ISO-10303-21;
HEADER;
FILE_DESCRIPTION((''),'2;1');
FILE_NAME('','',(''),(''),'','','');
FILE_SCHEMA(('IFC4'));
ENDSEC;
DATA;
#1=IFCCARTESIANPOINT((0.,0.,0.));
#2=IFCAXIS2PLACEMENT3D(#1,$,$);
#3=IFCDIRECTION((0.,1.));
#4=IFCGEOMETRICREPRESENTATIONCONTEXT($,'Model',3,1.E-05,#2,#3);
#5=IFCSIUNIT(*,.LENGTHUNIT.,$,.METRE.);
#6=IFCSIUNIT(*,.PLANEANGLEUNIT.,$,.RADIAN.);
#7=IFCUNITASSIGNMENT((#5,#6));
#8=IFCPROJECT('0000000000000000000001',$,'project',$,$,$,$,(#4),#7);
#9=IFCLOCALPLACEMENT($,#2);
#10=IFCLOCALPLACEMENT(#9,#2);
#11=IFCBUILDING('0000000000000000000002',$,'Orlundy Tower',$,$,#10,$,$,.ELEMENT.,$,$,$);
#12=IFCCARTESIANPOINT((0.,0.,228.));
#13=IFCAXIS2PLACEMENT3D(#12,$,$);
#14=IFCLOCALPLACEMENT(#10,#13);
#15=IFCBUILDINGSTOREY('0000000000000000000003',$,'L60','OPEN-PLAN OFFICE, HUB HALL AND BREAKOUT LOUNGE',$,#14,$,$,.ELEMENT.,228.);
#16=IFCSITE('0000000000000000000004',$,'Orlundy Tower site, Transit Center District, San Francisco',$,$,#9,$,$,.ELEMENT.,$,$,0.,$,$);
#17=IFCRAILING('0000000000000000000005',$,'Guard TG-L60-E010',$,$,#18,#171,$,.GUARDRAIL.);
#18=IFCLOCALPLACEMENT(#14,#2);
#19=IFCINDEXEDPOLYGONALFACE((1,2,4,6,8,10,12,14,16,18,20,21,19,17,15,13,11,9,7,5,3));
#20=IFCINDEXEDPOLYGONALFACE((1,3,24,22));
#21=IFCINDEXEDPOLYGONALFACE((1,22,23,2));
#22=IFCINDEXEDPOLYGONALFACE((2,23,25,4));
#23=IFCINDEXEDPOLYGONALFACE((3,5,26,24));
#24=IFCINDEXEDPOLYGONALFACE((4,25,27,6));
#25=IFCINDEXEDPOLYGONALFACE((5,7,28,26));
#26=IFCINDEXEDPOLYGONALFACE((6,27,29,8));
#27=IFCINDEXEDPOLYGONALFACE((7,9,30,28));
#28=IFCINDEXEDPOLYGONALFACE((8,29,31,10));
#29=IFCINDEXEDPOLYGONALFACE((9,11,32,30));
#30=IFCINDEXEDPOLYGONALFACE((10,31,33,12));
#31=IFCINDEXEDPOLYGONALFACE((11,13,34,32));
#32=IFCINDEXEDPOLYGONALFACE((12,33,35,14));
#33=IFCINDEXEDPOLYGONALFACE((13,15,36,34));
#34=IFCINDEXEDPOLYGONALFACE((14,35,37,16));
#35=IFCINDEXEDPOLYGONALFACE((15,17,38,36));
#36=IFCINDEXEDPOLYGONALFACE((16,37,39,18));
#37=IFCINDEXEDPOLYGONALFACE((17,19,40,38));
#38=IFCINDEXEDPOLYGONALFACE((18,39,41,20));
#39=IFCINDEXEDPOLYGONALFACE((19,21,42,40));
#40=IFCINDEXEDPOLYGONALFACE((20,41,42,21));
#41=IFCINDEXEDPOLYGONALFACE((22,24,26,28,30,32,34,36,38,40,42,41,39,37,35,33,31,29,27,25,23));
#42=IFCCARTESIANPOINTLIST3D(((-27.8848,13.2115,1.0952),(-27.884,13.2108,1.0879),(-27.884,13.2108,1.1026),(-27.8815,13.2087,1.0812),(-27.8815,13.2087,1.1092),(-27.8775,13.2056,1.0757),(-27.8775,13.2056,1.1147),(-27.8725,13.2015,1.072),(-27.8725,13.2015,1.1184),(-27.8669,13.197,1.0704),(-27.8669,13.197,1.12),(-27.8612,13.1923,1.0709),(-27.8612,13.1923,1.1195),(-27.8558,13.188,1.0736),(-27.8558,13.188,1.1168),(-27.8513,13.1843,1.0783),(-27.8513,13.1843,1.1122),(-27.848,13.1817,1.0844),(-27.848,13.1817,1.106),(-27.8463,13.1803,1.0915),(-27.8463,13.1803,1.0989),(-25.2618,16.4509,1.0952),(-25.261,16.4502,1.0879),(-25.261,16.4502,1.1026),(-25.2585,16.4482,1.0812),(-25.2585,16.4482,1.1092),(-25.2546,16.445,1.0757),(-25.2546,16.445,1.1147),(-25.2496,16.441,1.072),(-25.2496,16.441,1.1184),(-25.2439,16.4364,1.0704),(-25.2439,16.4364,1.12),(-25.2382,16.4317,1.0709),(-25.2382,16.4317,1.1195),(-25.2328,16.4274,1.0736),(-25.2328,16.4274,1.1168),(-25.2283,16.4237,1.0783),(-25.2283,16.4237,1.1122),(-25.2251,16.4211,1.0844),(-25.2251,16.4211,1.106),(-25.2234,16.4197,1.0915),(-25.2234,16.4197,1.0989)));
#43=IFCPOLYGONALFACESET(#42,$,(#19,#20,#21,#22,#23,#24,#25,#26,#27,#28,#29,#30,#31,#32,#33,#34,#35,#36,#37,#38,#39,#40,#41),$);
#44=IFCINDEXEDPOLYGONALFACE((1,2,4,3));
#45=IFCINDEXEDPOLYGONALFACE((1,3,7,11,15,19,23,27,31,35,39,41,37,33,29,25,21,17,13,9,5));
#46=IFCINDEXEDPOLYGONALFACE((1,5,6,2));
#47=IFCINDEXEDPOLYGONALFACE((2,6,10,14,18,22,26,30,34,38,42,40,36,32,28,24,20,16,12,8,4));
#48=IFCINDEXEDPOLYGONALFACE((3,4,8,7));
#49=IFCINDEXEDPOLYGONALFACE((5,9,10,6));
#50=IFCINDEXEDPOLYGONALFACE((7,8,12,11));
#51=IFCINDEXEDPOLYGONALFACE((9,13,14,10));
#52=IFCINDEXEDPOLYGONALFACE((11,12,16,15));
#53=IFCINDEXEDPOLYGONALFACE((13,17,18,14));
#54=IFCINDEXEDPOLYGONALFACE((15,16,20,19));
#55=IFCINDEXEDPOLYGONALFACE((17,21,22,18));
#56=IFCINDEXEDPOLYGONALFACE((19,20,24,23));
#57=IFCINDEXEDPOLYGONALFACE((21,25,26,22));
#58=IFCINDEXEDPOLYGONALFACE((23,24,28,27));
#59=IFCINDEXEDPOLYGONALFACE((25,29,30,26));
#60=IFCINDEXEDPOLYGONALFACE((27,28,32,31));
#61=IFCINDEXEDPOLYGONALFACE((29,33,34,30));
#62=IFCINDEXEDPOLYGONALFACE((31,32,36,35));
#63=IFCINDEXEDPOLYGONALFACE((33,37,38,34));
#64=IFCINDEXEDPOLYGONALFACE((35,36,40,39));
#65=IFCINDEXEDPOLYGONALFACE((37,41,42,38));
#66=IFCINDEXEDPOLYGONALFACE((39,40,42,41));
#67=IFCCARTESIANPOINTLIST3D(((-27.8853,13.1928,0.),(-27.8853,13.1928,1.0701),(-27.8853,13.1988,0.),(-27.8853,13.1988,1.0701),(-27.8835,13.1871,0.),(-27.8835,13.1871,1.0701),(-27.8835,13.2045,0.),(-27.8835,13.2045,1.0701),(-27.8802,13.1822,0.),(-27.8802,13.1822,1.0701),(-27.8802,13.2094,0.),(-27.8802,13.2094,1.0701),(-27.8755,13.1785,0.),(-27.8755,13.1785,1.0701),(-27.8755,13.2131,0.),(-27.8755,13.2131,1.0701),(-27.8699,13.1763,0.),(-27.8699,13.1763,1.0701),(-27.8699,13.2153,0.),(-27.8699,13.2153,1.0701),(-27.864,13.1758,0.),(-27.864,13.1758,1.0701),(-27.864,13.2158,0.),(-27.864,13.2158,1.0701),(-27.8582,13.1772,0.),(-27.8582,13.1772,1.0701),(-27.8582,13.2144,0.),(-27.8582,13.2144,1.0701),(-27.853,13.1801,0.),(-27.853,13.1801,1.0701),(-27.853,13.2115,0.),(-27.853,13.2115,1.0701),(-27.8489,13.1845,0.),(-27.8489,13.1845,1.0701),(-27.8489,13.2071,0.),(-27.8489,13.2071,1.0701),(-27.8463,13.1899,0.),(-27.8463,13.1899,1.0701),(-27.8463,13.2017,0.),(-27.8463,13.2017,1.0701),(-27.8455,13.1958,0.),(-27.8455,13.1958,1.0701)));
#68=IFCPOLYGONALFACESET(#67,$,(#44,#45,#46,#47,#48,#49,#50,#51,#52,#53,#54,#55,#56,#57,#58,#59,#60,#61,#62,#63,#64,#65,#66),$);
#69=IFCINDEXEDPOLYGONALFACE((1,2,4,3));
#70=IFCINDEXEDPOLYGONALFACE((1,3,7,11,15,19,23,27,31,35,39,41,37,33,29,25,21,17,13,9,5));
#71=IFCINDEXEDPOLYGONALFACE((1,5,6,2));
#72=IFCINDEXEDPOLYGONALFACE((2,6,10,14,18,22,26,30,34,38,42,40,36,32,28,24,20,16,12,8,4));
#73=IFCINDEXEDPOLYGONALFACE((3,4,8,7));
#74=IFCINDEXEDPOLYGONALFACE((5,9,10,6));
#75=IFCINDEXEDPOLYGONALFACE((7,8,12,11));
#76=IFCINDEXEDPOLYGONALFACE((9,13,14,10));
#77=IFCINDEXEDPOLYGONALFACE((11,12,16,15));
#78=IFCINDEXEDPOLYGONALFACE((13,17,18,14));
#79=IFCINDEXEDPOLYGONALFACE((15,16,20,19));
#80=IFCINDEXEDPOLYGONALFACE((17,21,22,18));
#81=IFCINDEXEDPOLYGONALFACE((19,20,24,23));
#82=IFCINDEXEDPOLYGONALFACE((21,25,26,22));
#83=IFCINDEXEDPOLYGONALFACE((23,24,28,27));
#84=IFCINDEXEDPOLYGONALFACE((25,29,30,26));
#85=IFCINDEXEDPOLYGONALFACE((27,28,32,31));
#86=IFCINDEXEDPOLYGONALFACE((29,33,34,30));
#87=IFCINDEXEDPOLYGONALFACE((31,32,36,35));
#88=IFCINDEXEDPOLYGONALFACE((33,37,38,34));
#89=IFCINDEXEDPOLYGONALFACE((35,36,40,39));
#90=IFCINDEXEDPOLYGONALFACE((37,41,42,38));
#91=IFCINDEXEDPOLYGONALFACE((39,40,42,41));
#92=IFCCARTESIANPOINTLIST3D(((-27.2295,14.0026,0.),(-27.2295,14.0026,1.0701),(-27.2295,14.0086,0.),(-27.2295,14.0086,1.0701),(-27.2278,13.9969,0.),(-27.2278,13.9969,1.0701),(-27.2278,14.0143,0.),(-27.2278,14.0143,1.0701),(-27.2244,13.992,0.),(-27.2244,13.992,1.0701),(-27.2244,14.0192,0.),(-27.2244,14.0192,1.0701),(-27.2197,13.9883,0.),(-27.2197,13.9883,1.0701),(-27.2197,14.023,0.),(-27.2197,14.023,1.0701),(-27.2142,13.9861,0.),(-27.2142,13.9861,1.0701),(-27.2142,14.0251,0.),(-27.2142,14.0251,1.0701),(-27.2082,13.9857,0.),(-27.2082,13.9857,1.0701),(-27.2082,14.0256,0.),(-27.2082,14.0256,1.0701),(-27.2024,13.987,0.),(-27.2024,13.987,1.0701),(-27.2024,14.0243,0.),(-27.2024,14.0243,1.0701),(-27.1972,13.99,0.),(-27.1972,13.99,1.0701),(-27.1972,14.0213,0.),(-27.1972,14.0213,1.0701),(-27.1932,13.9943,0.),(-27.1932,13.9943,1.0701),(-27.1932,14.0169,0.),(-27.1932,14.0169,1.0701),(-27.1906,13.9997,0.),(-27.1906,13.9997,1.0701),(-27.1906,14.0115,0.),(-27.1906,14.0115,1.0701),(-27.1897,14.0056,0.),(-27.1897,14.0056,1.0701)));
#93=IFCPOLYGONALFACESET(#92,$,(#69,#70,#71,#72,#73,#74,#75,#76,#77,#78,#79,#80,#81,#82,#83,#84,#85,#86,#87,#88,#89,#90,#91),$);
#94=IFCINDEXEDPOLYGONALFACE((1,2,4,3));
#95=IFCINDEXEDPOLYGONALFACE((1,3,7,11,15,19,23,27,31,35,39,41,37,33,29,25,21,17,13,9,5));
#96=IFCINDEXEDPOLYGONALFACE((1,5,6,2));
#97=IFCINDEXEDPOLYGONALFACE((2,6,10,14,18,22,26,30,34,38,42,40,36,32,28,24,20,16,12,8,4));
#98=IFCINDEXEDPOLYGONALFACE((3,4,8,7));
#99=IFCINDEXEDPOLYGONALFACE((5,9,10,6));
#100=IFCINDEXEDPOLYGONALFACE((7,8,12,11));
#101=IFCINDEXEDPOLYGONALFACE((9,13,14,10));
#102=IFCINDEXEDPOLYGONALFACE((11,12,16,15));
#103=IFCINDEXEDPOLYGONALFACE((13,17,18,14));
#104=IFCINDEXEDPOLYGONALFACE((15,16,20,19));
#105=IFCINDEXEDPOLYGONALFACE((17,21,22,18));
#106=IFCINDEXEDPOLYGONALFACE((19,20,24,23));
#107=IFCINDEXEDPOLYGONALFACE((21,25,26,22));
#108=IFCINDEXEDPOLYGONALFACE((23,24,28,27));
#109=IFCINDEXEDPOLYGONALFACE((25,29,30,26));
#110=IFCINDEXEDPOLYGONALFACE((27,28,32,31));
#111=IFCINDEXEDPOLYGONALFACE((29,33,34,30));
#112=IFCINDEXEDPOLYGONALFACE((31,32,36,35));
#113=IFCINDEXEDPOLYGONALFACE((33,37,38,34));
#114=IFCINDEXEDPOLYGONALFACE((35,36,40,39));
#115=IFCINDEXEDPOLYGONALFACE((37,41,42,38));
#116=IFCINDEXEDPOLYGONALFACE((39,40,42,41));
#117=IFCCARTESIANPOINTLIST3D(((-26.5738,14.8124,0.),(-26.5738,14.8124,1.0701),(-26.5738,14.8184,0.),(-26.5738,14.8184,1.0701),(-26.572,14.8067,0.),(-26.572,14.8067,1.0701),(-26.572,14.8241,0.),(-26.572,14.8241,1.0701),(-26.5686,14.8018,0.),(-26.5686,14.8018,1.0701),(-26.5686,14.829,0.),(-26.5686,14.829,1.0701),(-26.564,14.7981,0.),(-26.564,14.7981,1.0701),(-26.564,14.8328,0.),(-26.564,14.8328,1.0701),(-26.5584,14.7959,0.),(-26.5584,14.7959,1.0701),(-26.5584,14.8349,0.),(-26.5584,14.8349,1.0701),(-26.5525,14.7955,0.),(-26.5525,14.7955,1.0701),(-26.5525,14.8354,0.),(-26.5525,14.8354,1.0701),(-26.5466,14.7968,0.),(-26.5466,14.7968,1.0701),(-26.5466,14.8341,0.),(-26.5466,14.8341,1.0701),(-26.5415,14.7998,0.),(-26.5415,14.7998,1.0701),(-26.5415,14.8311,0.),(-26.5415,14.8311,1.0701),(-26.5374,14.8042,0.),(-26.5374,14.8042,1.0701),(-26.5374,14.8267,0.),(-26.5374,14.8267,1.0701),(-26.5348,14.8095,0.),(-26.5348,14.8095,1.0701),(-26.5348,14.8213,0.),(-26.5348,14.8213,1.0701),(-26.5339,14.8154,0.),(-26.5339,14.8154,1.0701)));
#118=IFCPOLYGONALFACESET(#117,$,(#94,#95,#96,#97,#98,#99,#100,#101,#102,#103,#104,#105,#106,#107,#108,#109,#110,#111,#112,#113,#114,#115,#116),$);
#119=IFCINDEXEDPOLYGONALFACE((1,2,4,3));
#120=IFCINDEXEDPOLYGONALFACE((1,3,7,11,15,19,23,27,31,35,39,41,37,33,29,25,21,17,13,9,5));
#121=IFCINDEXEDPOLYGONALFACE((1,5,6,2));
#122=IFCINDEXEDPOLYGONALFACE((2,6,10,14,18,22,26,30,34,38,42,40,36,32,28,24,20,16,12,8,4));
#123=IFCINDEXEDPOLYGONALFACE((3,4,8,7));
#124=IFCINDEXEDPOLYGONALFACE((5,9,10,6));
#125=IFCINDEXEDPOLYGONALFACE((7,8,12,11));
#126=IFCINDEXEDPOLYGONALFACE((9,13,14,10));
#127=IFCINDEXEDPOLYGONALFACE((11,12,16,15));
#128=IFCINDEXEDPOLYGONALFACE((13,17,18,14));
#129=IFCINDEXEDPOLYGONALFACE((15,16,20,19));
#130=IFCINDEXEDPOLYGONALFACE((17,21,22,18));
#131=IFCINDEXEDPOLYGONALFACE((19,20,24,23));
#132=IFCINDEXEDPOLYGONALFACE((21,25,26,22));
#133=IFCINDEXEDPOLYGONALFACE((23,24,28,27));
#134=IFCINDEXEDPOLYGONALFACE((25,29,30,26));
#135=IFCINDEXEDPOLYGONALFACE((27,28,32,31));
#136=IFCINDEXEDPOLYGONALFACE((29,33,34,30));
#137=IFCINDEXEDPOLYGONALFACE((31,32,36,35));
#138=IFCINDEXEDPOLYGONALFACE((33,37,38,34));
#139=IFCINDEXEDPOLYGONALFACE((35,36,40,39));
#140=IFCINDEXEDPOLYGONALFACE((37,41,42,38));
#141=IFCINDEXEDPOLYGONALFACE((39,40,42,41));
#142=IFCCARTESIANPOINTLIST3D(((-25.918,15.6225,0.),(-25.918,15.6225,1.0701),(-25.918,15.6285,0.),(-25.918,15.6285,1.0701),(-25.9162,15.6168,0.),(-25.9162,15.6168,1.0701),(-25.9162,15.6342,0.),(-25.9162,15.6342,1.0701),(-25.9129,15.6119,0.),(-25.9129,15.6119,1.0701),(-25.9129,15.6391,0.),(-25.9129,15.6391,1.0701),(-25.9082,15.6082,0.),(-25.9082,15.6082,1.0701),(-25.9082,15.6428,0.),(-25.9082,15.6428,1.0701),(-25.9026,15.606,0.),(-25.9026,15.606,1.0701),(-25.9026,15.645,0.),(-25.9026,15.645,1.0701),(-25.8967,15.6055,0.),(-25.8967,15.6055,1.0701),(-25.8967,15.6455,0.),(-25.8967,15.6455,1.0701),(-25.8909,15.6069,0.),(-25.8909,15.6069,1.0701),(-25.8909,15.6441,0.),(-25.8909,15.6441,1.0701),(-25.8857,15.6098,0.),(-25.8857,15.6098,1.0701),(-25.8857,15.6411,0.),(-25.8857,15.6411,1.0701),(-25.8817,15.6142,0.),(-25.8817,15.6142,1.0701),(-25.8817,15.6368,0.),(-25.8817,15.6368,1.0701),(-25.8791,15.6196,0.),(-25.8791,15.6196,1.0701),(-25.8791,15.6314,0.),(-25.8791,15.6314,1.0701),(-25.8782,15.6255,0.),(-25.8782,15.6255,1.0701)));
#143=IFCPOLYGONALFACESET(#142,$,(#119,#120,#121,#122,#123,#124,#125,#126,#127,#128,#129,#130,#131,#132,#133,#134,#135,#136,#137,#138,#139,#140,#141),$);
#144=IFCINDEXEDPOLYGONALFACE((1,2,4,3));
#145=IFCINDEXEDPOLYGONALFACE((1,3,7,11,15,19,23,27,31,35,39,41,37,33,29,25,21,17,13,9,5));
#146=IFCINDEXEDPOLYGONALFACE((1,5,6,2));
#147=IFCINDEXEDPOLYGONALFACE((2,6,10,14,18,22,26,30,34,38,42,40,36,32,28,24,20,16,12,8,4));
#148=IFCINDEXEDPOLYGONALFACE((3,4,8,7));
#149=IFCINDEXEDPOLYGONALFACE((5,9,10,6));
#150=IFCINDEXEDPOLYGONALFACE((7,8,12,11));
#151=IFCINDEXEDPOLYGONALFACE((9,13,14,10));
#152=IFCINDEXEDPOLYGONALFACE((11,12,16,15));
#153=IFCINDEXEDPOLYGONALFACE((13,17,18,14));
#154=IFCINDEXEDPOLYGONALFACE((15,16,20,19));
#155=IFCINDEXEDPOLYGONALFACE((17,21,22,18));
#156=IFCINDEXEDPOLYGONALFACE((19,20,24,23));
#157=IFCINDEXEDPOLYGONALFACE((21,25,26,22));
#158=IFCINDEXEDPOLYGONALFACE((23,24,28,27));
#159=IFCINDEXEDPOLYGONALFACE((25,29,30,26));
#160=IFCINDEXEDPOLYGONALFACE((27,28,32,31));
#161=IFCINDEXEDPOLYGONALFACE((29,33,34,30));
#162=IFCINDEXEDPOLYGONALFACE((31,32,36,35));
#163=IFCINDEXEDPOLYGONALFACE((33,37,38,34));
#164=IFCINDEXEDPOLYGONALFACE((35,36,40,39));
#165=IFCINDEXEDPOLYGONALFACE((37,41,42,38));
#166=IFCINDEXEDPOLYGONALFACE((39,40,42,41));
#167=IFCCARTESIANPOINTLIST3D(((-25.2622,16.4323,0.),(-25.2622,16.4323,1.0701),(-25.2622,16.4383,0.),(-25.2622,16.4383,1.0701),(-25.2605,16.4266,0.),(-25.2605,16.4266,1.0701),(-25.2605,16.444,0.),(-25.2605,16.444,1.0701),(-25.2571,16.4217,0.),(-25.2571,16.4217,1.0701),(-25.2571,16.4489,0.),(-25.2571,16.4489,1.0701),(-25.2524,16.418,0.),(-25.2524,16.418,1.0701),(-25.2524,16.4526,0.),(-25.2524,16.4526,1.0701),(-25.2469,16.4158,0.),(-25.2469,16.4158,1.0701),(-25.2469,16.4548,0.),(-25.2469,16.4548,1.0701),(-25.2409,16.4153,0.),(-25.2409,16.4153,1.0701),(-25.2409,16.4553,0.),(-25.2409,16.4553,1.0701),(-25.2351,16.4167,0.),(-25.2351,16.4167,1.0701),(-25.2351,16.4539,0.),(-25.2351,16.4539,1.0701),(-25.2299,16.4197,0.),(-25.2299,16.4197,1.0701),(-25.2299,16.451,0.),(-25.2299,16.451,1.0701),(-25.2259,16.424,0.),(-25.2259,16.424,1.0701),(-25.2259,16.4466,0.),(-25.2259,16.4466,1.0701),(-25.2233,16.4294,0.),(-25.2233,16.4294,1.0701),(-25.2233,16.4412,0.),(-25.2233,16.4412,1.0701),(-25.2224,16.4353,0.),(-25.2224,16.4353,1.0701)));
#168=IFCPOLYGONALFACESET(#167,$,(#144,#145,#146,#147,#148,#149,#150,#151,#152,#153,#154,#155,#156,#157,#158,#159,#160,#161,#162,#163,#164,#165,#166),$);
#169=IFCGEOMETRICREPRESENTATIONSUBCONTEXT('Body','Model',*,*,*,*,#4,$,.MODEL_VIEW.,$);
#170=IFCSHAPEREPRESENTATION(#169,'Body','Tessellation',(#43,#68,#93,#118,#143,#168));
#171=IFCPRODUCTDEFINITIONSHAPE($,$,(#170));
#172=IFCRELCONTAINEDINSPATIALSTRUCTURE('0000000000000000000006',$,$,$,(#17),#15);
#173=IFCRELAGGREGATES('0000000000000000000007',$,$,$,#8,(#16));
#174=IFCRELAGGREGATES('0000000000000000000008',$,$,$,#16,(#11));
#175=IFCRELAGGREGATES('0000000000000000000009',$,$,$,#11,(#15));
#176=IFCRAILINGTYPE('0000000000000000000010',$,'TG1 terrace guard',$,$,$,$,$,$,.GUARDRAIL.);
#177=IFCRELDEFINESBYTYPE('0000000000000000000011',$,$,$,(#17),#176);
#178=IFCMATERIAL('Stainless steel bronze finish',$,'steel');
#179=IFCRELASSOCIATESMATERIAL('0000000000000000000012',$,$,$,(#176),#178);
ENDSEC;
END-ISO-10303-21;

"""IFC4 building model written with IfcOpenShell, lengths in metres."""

from ifc_helpers import new_model, si_unit, direction, frame, origin, origin_2d, place, context, subcontext, project, spatial, circle, extrude, material, type_object, element, save


model = new_model("IFC4")

# Units and contexts
model_context = context("Model", 3, precision=1e-05, world=origin(), true_north=direction((0.0, 1.0)))
body_context = subcontext(model_context, "Body", "Model", "MODEL_VIEW")
ifc_project = project(units=[si_unit("LENGTHUNIT", "METRE"), si_unit("PLANEANGLEUNIT", "RADIAN")], contexts=[model_context])

# Site, building, storey
site_placement = place(None, origin())
site = spatial("IfcSite", under=ifc_project, at=site_placement, Name="Orlundy Tower site, Transit Center District, San Francisco", CompositionType="ELEMENT", RefElevation=0.0)
building_placement = place(site_placement, origin())
building = spatial("IfcBuilding", under=site, at=building_placement, Name="Orlundy Tower", CompositionType="ELEMENT")
storey_placement = place(building_placement, frame((0.0, 0.0, 228.0)))
storey = spatial("IfcBuildingStorey", under=building, at=storey_placement, Name="L60", Description="OPEN-PLAN OFFICE, HUB HALL AND BREAKOUT LOUNGE", CompositionType="ELEMENT", Elevation=228.0)

# Railing
ifc_material_1 = material(Name="Stainless steel bronze finish", Category="steel")
railing_type = type_object("IfcRailingType", Name="TG1 terrace guard", PredefinedType="GUARDRAIL", material=ifc_material_1)
railing_1_placement = place(storey_placement, frame((-27.8655, 13.1958, 0.0)))
element("IfcRailing", 1, at=railing_1_placement, inside=storey, type_object=railing_type, Name="Guard TG-L60-E010", PredefinedType="GUARDRAIL", context=body_context, shape_type="SweptSolid", body=[
    extrude(circle(Radius=0.0249, at=origin_2d()), frame((0.0, 0.0, 1.0952), z_axis=(0.629284, 0.777175, 0.0), x_axis=(-0.777175, 0.629284, 0.0)), (0.0, 0.0, 1.0), 4.1682),
    extrude(circle(Radius=0.02, at=origin_2d()), origin(), (0.0, 0.0, 1.0), 1.0701),
    extrude(circle(Radius=0.02, at=origin_2d()), frame((0.6558, 0.8098, 0.0)), (0.0, 0.0, 1.0), 1.0701),
    extrude(circle(Radius=0.02, at=origin_2d()), frame((1.3115, 1.6196, 0.0)), (0.0, 0.0, 1.0), 1.0701),
    extrude(circle(Radius=0.02, at=origin_2d()), frame((1.9673, 2.4297, 0.0)), (0.0, 0.0, 1.0), 1.0701),
    extrude(circle(Radius=0.02, at=origin_2d()), frame((2.623, 3.2395, 0.0)), (0.0, 0.0, 1.0), 1.0701),
])

save(model, "model.ifc")
